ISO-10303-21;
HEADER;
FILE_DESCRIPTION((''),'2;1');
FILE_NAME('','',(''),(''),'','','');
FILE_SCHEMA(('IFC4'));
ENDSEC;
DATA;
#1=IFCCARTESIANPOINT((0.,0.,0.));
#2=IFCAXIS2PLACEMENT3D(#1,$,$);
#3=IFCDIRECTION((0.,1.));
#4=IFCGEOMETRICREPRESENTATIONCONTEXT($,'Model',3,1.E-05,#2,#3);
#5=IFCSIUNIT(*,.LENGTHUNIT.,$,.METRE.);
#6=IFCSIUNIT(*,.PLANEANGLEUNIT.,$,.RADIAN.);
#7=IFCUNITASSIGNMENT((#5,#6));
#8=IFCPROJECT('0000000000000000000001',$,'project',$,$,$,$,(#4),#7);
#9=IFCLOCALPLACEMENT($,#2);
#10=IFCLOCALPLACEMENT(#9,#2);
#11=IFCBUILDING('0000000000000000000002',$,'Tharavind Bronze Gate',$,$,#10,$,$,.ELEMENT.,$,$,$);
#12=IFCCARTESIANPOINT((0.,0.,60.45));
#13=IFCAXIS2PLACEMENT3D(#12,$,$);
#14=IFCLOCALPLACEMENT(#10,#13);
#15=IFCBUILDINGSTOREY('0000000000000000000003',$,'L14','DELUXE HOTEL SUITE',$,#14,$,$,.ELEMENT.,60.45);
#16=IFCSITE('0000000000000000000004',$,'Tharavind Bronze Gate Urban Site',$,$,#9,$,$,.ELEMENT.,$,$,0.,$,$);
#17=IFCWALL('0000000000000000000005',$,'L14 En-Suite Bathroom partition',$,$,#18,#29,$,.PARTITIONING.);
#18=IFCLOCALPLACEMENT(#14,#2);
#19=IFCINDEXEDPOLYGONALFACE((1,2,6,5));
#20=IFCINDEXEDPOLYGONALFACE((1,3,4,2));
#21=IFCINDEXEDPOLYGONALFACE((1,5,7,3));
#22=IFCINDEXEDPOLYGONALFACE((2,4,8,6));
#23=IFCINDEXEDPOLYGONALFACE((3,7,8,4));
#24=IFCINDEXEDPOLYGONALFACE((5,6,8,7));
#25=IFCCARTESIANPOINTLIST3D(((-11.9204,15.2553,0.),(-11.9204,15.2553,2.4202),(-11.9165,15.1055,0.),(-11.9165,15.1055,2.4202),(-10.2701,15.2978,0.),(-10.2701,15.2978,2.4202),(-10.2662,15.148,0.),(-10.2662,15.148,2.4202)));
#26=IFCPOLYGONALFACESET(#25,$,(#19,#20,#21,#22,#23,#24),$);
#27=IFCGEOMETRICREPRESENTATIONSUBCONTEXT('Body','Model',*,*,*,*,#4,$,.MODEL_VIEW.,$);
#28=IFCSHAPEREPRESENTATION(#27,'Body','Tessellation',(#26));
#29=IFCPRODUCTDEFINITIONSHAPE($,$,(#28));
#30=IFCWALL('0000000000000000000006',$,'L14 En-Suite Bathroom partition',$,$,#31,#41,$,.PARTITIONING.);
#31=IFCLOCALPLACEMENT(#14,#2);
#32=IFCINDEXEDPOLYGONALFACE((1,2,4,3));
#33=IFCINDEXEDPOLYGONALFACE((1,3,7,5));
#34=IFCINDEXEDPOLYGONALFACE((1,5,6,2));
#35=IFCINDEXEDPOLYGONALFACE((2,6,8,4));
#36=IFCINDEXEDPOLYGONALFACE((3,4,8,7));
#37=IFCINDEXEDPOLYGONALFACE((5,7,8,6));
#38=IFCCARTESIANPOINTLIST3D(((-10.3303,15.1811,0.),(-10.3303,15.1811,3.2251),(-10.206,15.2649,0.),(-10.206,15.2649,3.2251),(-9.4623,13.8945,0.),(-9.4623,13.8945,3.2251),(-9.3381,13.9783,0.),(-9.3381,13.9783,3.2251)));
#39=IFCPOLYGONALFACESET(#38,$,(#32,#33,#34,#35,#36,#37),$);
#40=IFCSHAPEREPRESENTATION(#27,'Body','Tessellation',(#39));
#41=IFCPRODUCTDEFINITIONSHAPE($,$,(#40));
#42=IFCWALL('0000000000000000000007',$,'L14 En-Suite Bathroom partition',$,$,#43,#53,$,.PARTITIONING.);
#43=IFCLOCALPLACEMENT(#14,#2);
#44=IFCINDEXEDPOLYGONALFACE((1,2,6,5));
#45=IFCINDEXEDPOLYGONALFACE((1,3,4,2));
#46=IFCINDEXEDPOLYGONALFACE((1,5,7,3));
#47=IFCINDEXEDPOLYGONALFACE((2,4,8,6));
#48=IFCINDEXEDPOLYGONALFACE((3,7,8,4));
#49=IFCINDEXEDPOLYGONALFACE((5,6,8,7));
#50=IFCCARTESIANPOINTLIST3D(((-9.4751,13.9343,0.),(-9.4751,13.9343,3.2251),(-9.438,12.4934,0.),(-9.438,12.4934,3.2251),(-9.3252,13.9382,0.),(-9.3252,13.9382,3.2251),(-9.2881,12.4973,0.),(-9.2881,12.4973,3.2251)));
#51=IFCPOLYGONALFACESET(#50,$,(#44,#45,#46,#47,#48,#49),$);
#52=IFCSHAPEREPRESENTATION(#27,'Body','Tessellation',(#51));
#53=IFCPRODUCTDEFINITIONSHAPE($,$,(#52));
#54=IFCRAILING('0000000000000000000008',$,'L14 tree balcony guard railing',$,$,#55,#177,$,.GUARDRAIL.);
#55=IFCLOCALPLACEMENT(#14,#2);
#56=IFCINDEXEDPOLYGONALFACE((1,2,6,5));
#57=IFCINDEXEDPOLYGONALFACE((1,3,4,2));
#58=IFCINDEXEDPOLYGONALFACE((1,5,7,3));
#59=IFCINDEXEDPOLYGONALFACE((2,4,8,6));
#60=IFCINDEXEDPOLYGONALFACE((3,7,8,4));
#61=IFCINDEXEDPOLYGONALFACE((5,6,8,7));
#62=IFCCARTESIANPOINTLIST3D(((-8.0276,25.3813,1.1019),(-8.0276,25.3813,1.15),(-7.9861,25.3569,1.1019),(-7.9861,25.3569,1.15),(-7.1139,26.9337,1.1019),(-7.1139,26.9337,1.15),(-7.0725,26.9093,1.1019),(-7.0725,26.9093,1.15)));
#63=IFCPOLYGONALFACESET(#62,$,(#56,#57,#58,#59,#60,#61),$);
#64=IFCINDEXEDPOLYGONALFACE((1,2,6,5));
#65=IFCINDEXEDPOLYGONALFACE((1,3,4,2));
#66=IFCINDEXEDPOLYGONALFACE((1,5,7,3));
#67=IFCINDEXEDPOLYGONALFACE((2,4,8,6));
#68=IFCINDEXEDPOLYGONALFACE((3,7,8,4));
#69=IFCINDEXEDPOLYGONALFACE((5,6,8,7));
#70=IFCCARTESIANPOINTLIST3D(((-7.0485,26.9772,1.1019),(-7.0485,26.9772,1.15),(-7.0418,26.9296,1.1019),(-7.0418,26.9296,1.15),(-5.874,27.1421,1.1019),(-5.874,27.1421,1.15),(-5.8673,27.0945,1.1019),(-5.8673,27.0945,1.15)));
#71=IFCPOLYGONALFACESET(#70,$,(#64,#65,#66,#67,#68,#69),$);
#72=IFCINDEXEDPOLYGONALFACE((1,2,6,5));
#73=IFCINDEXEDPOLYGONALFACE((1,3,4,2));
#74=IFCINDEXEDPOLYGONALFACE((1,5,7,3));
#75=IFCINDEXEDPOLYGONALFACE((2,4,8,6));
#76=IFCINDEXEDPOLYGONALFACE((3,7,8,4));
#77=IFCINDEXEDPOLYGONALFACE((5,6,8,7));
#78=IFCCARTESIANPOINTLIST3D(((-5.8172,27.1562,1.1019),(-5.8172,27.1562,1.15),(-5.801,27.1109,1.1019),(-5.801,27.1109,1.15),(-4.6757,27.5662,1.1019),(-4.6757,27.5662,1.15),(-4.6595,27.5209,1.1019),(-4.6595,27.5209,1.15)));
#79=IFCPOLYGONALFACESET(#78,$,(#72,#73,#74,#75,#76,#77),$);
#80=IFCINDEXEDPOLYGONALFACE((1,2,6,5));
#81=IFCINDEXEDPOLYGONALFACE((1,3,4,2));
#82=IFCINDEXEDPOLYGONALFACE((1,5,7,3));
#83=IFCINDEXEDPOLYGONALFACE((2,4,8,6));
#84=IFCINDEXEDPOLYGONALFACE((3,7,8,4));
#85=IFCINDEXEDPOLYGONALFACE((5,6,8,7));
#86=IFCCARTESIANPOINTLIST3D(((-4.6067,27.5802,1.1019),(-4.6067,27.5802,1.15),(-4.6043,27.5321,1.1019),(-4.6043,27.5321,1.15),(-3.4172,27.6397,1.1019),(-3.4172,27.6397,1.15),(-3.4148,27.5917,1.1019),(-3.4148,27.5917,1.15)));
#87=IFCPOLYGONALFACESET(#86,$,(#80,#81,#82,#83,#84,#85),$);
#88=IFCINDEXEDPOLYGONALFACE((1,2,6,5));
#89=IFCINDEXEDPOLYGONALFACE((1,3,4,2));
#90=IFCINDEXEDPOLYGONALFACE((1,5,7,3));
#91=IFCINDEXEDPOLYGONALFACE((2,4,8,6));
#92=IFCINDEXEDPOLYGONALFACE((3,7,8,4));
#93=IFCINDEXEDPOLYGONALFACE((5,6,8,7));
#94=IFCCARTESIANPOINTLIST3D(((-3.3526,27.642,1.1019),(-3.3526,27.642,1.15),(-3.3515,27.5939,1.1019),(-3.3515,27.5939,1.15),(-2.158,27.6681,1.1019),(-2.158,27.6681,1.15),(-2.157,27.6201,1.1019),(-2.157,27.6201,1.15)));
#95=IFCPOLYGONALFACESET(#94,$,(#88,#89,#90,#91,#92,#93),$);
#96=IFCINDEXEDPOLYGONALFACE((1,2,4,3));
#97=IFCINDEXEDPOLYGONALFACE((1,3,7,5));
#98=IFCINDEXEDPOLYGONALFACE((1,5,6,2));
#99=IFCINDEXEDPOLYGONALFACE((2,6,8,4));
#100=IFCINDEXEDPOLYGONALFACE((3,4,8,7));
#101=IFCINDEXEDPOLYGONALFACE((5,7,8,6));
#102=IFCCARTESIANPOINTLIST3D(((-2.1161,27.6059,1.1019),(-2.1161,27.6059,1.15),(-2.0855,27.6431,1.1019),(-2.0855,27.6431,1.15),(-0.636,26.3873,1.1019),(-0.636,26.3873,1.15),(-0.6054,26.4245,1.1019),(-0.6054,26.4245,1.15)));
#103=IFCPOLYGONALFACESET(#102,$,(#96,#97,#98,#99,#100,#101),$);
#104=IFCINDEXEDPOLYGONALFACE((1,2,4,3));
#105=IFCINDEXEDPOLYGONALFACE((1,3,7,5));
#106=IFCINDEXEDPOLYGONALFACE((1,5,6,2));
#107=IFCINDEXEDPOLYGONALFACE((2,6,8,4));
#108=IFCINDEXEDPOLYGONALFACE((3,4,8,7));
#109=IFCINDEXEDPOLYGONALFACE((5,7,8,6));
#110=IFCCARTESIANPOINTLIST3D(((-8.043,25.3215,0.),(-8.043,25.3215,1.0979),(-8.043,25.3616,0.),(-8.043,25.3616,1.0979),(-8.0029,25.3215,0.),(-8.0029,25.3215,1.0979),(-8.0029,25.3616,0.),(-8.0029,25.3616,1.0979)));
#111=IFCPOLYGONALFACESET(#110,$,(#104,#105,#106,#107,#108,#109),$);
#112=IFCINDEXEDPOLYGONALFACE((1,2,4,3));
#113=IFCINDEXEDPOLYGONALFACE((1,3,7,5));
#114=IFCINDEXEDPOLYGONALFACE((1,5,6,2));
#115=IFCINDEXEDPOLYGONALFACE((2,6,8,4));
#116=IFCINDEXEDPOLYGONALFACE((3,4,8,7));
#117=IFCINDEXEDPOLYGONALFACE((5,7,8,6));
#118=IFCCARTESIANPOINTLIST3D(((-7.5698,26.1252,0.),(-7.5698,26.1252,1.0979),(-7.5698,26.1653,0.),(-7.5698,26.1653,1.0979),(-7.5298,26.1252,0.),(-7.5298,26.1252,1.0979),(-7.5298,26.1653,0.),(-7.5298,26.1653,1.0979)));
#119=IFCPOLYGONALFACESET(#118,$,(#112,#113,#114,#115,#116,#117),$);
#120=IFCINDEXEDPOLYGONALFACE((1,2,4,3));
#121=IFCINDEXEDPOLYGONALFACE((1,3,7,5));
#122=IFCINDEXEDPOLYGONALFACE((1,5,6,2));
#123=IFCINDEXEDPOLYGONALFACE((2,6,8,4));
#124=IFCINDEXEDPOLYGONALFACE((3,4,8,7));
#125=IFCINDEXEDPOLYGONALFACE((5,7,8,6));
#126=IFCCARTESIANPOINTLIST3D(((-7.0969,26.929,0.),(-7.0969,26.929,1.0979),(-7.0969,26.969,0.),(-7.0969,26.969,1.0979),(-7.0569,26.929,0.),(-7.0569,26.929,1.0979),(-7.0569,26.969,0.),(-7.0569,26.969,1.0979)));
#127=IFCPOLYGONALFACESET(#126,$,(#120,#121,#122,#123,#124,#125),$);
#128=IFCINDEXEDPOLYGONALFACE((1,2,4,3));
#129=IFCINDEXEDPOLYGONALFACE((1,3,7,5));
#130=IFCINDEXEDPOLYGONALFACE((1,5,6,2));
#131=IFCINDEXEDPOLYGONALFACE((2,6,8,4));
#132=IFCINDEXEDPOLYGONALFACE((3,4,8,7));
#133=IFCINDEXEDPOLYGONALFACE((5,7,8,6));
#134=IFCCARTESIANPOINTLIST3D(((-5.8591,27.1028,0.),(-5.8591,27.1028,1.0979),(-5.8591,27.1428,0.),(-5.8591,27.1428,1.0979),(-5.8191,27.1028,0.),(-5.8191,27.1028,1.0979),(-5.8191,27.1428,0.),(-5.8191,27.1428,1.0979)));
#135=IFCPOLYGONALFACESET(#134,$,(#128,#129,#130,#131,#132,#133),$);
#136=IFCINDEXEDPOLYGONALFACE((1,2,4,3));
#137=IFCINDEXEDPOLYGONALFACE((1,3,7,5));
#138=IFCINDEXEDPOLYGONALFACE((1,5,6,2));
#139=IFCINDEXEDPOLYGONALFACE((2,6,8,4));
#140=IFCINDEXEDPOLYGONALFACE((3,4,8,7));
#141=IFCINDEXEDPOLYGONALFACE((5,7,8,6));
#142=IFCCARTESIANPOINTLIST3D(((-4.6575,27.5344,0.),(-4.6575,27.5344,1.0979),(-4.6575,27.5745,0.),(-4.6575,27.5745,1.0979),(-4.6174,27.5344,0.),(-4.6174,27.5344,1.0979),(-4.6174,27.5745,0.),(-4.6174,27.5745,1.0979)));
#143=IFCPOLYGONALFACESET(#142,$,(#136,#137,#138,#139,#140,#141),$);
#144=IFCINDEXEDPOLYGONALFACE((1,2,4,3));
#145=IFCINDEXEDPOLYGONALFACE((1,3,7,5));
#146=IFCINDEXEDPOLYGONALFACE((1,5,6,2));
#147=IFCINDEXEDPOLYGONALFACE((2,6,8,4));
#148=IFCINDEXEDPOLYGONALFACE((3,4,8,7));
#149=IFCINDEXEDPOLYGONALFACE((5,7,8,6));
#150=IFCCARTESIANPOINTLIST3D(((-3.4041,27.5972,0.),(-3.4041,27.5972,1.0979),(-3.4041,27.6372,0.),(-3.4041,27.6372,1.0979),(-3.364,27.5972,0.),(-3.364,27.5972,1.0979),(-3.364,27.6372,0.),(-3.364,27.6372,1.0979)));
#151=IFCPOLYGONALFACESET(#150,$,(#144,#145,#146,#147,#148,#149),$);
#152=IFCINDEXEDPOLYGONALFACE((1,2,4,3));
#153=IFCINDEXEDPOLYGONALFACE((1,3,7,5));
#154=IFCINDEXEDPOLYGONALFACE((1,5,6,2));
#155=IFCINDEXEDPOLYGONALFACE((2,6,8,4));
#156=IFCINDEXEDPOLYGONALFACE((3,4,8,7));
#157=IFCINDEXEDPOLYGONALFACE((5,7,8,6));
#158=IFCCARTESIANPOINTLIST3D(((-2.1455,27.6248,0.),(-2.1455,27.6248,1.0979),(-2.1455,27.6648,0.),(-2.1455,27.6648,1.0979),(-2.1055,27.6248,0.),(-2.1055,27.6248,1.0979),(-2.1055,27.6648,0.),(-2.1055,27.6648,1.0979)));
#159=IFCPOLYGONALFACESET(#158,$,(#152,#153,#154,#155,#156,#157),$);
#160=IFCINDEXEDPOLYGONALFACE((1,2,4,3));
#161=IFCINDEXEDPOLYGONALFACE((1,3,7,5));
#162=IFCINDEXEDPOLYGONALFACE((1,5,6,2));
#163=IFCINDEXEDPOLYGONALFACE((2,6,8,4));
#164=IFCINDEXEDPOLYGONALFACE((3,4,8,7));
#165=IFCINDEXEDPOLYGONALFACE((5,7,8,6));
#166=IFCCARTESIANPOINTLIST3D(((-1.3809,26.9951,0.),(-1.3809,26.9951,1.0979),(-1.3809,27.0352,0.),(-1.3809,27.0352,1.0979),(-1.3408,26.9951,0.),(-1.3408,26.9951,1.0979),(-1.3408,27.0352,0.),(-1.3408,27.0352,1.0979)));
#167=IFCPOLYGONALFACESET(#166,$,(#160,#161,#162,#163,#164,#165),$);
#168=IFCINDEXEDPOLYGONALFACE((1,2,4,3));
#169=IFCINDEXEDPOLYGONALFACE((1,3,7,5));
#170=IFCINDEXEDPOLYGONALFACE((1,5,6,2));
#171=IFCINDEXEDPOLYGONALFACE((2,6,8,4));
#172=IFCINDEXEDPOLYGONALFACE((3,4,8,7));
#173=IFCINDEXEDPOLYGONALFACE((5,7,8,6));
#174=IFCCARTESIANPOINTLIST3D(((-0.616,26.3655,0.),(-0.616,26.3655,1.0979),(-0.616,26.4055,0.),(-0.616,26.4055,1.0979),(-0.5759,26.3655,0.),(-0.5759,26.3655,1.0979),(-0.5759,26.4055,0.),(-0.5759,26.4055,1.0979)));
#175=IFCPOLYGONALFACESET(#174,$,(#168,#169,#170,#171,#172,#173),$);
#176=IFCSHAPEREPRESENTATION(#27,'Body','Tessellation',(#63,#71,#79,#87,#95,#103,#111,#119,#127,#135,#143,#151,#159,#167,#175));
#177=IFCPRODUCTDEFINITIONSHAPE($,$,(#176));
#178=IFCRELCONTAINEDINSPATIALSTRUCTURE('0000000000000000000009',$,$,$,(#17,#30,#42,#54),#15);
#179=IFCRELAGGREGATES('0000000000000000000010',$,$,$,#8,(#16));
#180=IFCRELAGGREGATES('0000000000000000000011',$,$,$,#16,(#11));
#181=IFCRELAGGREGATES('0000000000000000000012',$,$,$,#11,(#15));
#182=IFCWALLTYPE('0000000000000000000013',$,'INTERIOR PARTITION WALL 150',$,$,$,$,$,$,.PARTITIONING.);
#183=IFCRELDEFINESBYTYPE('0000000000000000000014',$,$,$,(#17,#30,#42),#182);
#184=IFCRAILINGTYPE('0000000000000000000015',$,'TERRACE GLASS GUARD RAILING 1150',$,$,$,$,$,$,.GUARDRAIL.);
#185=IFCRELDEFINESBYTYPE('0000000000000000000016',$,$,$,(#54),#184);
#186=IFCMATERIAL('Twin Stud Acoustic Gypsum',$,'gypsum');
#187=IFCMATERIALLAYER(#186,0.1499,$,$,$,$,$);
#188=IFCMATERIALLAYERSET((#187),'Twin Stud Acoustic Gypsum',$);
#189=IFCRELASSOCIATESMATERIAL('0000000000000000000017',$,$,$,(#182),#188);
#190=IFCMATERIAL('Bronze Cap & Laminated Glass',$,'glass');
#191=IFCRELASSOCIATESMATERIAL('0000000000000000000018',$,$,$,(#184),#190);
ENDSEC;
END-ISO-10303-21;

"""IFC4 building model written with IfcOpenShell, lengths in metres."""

from ifc_helpers import new_model, si_unit, direction, frame, frame_2d, origin, origin_2d, place, context, subcontext, project, spatial, rectangle, extrude, material, layer, layer_set, type_object, element, save


model = new_model("IFC4")

# Units and contexts
model_context = context("Model", 3, precision=1e-05, world=origin(), true_north=direction((0.0, 1.0)))
body_context = subcontext(model_context, "Body", "Model", "MODEL_VIEW")
ifc_project = project(units=[si_unit("LENGTHUNIT", "METRE"), si_unit("PLANEANGLEUNIT", "RADIAN")], contexts=[model_context])

# Site, building, storey
site_placement = place(None, origin())
site = spatial("IfcSite", under=ifc_project, at=site_placement, Name="Tharavind Bronze Gate Urban Site", CompositionType="ELEMENT", RefElevation=0.0)
building_placement = place(site_placement, origin())
building = spatial("IfcBuilding", under=site, at=building_placement, Name="Tharavind Bronze Gate", CompositionType="ELEMENT")
storey_placement = place(building_placement, frame((0.0, 0.0, 60.45)))
storey = spatial("IfcBuildingStorey", under=building, at=storey_placement, Name="L14", Description="DELUXE HOTEL SUITE", CompositionType="ELEMENT", Elevation=60.45)

# Walls
ifc_material_1 = material(Name="Twin Stud Acoustic Gypsum", Category="gypsum")
ifc_layer_1 = layer(ifc_material_1, 0.1499)
ifc_layer_set_1 = layer_set([ifc_layer_1], Name="Twin Stud Acoustic Gypsum")
wall_type_1 = type_object("IfcWallType", Name="INTERIOR PARTITION WALL 150", PredefinedType="PARTITIONING", material=ifc_layer_set_1)
wall_1_placement = place(storey_placement, frame((-11.9185, 15.1804, 0.0), z_axis=(0.0, 0.0, 1.0), x_axis=(0.999669, 0.025731, 0.0)))
element("IfcWall", 1, at=wall_1_placement, inside=storey, type_object=wall_type_1, Name="L14 En-Suite Bathroom partition", PredefinedType="PARTITIONING", context=body_context, shape_type="SweptSolid", body=[
    extrude(rectangle(XDim=1.6509, YDim=0.1499, at=frame_2d((0.8254, 0.0))), origin(), (0.0, 0.0, 1.0), 2.4202),
])
wall_2_placement = place(storey_placement, frame((-10.2681, 15.2229, 0.0), z_axis=(0.0, 0.0, 1.0), x_axis=(0.55923, -0.829013, 0.0)))
element("IfcWall", 2, at=wall_2_placement, inside=storey, type_object=wall_type_1, Name="L14 En-Suite Bathroom partition", PredefinedType="PARTITIONING", context=body_context, shape_type="SweptSolid", body=[
    extrude(rectangle(XDim=1.552, YDim=0.1499, at=frame_2d((0.7759, 0.0))), origin(), (0.0, 0.0, 1.0), 3.2251),
])
wall_3_placement = place(storey_placement, frame((-9.4001, 13.9363, 0.0), z_axis=(0.0, 0.0, 1.0), x_axis=(0.025745, -0.999669, 0.0)))
element("IfcWall", 3, at=wall_3_placement, inside=storey, type_object=wall_type_1, Name="L14 En-Suite Bathroom partition", PredefinedType="PARTITIONING", context=body_context, shape_type="SweptSolid", body=[
    extrude(rectangle(XDim=1.4414, YDim=0.1499, at=frame_2d((0.7207, 0.0))), origin(), (0.0, 0.0, 1.0), 3.2251),
])

# Railing
ifc_material_2 = material(Name="Bronze Cap & Laminated Glass", Category="glass")
railing_type = type_object("IfcRailingType", Name="TERRACE GLASS GUARD RAILING 1150", PredefinedType="GUARDRAIL", material=ifc_material_2)
railing_placement = place(storey_placement, frame((-8.0229, 25.3416, 0.0)))
element("IfcRailing", 4, at=railing_placement, inside=storey, type_object=railing_type, Name="L14 tree balcony guard railing", PredefinedType="GUARDRAIL", context=body_context, shape_type="SweptSolid", body=[
    extrude(rectangle(XDim=0.0481, YDim=0.0481, at=origin_2d()), frame((0.0161, 0.0276, 1.126), z_axis=(0.50722, 0.861816, 0.0), x_axis=(-0.861816, 0.50722, 0.0)), (0.0, 0.0, 1.0), 1.8013),
    extrude(rectangle(XDim=0.0481, YDim=0.0481, at=origin_2d()), frame((0.9778, 1.6118, 1.126), z_axis=(0.990283, 0.139069, 0.0), x_axis=(-0.139069, 0.990283, 0.0)), (0.0, 0.0, 1.0), 1.186),
    extrude(rectangle(XDim=0.0481, YDim=0.0481, at=origin_2d()), frame((2.2139, 1.792, 1.126), z_axis=(0.941126, 0.338056, 0.0), x_axis=(-0.338056, 0.941126, 0.0)), (0.0, 0.0, 1.0), 1.2129),
    extrude(rectangle(XDim=0.0481, YDim=0.0481, at=origin_2d()), frame((3.4175, 2.2146, 1.126), z_axis=(0.998749, 0.049996, 0.0), x_axis=(-0.049996, 0.998749, 0.0)), (0.0, 0.0, 1.0), 1.1909),
    extrude(rectangle(XDim=0.0481, YDim=0.0481, at=origin_2d()), frame((4.6709, 2.2764, 1.126), z_axis=(0.99976, 0.021915, 0.0), x_axis=(-0.021915, 0.99976, 0.0)), (0.0, 0.0, 1.0), 1.1948),
    extrude(rectangle(XDim=0.0481, YDim=0.0481, at=origin_2d()), frame((5.9221, 2.283, 1.126), z_axis=(0.772016, -0.635604, 0.0), x_axis=(0.635604, 0.772016, 0.0)), (0.0, 0.0, 1.0), 1.9172),
    extrude(rectangle(XDim=0.04, YDim=0.04, at=origin_2d()), origin(), (0.0, 0.0, 1.0), 1.0979),
    extrude(rectangle(XDim=0.04, YDim=0.04, at=origin_2d()), frame((0.4731, 0.8037, 0.0)), (0.0, 0.0, 1.0), 1.0979),
    extrude(rectangle(XDim=0.04, YDim=0.04, at=origin_2d()), frame((0.946, 1.6074, 0.0)), (0.0, 0.0, 1.0), 1.0979),
    extrude(rectangle(XDim=0.04, YDim=0.04, at=origin_2d()), frame((2.1838, 1.7812, 0.0)), (0.0, 0.0, 1.0), 1.0979),
    extrude(rectangle(XDim=0.04, YDim=0.04, at=origin_2d()), frame((3.3855, 2.2129, 0.0)), (0.0, 0.0, 1.0), 1.0979),
    extrude(rectangle(XDim=0.04, YDim=0.04, at=origin_2d()), frame((4.6389, 2.2756, 0.0)), (0.0, 0.0, 1.0), 1.0979),
    extrude(rectangle(XDim=0.04, YDim=0.04, at=origin_2d()), frame((5.8975, 2.3032, 0.0)), (0.0, 0.0, 1.0), 1.0979),
    extrude(rectangle(XDim=0.04, YDim=0.04, at=origin_2d()), frame((6.6621, 1.6736, 0.0)), (0.0, 0.0, 1.0), 1.0979),
    extrude(rectangle(XDim=0.04, YDim=0.04, at=origin_2d()), frame((7.427, 1.0439, 0.0)), (0.0, 0.0, 1.0), 1.0979),
])

save(model, "model.ifc")
